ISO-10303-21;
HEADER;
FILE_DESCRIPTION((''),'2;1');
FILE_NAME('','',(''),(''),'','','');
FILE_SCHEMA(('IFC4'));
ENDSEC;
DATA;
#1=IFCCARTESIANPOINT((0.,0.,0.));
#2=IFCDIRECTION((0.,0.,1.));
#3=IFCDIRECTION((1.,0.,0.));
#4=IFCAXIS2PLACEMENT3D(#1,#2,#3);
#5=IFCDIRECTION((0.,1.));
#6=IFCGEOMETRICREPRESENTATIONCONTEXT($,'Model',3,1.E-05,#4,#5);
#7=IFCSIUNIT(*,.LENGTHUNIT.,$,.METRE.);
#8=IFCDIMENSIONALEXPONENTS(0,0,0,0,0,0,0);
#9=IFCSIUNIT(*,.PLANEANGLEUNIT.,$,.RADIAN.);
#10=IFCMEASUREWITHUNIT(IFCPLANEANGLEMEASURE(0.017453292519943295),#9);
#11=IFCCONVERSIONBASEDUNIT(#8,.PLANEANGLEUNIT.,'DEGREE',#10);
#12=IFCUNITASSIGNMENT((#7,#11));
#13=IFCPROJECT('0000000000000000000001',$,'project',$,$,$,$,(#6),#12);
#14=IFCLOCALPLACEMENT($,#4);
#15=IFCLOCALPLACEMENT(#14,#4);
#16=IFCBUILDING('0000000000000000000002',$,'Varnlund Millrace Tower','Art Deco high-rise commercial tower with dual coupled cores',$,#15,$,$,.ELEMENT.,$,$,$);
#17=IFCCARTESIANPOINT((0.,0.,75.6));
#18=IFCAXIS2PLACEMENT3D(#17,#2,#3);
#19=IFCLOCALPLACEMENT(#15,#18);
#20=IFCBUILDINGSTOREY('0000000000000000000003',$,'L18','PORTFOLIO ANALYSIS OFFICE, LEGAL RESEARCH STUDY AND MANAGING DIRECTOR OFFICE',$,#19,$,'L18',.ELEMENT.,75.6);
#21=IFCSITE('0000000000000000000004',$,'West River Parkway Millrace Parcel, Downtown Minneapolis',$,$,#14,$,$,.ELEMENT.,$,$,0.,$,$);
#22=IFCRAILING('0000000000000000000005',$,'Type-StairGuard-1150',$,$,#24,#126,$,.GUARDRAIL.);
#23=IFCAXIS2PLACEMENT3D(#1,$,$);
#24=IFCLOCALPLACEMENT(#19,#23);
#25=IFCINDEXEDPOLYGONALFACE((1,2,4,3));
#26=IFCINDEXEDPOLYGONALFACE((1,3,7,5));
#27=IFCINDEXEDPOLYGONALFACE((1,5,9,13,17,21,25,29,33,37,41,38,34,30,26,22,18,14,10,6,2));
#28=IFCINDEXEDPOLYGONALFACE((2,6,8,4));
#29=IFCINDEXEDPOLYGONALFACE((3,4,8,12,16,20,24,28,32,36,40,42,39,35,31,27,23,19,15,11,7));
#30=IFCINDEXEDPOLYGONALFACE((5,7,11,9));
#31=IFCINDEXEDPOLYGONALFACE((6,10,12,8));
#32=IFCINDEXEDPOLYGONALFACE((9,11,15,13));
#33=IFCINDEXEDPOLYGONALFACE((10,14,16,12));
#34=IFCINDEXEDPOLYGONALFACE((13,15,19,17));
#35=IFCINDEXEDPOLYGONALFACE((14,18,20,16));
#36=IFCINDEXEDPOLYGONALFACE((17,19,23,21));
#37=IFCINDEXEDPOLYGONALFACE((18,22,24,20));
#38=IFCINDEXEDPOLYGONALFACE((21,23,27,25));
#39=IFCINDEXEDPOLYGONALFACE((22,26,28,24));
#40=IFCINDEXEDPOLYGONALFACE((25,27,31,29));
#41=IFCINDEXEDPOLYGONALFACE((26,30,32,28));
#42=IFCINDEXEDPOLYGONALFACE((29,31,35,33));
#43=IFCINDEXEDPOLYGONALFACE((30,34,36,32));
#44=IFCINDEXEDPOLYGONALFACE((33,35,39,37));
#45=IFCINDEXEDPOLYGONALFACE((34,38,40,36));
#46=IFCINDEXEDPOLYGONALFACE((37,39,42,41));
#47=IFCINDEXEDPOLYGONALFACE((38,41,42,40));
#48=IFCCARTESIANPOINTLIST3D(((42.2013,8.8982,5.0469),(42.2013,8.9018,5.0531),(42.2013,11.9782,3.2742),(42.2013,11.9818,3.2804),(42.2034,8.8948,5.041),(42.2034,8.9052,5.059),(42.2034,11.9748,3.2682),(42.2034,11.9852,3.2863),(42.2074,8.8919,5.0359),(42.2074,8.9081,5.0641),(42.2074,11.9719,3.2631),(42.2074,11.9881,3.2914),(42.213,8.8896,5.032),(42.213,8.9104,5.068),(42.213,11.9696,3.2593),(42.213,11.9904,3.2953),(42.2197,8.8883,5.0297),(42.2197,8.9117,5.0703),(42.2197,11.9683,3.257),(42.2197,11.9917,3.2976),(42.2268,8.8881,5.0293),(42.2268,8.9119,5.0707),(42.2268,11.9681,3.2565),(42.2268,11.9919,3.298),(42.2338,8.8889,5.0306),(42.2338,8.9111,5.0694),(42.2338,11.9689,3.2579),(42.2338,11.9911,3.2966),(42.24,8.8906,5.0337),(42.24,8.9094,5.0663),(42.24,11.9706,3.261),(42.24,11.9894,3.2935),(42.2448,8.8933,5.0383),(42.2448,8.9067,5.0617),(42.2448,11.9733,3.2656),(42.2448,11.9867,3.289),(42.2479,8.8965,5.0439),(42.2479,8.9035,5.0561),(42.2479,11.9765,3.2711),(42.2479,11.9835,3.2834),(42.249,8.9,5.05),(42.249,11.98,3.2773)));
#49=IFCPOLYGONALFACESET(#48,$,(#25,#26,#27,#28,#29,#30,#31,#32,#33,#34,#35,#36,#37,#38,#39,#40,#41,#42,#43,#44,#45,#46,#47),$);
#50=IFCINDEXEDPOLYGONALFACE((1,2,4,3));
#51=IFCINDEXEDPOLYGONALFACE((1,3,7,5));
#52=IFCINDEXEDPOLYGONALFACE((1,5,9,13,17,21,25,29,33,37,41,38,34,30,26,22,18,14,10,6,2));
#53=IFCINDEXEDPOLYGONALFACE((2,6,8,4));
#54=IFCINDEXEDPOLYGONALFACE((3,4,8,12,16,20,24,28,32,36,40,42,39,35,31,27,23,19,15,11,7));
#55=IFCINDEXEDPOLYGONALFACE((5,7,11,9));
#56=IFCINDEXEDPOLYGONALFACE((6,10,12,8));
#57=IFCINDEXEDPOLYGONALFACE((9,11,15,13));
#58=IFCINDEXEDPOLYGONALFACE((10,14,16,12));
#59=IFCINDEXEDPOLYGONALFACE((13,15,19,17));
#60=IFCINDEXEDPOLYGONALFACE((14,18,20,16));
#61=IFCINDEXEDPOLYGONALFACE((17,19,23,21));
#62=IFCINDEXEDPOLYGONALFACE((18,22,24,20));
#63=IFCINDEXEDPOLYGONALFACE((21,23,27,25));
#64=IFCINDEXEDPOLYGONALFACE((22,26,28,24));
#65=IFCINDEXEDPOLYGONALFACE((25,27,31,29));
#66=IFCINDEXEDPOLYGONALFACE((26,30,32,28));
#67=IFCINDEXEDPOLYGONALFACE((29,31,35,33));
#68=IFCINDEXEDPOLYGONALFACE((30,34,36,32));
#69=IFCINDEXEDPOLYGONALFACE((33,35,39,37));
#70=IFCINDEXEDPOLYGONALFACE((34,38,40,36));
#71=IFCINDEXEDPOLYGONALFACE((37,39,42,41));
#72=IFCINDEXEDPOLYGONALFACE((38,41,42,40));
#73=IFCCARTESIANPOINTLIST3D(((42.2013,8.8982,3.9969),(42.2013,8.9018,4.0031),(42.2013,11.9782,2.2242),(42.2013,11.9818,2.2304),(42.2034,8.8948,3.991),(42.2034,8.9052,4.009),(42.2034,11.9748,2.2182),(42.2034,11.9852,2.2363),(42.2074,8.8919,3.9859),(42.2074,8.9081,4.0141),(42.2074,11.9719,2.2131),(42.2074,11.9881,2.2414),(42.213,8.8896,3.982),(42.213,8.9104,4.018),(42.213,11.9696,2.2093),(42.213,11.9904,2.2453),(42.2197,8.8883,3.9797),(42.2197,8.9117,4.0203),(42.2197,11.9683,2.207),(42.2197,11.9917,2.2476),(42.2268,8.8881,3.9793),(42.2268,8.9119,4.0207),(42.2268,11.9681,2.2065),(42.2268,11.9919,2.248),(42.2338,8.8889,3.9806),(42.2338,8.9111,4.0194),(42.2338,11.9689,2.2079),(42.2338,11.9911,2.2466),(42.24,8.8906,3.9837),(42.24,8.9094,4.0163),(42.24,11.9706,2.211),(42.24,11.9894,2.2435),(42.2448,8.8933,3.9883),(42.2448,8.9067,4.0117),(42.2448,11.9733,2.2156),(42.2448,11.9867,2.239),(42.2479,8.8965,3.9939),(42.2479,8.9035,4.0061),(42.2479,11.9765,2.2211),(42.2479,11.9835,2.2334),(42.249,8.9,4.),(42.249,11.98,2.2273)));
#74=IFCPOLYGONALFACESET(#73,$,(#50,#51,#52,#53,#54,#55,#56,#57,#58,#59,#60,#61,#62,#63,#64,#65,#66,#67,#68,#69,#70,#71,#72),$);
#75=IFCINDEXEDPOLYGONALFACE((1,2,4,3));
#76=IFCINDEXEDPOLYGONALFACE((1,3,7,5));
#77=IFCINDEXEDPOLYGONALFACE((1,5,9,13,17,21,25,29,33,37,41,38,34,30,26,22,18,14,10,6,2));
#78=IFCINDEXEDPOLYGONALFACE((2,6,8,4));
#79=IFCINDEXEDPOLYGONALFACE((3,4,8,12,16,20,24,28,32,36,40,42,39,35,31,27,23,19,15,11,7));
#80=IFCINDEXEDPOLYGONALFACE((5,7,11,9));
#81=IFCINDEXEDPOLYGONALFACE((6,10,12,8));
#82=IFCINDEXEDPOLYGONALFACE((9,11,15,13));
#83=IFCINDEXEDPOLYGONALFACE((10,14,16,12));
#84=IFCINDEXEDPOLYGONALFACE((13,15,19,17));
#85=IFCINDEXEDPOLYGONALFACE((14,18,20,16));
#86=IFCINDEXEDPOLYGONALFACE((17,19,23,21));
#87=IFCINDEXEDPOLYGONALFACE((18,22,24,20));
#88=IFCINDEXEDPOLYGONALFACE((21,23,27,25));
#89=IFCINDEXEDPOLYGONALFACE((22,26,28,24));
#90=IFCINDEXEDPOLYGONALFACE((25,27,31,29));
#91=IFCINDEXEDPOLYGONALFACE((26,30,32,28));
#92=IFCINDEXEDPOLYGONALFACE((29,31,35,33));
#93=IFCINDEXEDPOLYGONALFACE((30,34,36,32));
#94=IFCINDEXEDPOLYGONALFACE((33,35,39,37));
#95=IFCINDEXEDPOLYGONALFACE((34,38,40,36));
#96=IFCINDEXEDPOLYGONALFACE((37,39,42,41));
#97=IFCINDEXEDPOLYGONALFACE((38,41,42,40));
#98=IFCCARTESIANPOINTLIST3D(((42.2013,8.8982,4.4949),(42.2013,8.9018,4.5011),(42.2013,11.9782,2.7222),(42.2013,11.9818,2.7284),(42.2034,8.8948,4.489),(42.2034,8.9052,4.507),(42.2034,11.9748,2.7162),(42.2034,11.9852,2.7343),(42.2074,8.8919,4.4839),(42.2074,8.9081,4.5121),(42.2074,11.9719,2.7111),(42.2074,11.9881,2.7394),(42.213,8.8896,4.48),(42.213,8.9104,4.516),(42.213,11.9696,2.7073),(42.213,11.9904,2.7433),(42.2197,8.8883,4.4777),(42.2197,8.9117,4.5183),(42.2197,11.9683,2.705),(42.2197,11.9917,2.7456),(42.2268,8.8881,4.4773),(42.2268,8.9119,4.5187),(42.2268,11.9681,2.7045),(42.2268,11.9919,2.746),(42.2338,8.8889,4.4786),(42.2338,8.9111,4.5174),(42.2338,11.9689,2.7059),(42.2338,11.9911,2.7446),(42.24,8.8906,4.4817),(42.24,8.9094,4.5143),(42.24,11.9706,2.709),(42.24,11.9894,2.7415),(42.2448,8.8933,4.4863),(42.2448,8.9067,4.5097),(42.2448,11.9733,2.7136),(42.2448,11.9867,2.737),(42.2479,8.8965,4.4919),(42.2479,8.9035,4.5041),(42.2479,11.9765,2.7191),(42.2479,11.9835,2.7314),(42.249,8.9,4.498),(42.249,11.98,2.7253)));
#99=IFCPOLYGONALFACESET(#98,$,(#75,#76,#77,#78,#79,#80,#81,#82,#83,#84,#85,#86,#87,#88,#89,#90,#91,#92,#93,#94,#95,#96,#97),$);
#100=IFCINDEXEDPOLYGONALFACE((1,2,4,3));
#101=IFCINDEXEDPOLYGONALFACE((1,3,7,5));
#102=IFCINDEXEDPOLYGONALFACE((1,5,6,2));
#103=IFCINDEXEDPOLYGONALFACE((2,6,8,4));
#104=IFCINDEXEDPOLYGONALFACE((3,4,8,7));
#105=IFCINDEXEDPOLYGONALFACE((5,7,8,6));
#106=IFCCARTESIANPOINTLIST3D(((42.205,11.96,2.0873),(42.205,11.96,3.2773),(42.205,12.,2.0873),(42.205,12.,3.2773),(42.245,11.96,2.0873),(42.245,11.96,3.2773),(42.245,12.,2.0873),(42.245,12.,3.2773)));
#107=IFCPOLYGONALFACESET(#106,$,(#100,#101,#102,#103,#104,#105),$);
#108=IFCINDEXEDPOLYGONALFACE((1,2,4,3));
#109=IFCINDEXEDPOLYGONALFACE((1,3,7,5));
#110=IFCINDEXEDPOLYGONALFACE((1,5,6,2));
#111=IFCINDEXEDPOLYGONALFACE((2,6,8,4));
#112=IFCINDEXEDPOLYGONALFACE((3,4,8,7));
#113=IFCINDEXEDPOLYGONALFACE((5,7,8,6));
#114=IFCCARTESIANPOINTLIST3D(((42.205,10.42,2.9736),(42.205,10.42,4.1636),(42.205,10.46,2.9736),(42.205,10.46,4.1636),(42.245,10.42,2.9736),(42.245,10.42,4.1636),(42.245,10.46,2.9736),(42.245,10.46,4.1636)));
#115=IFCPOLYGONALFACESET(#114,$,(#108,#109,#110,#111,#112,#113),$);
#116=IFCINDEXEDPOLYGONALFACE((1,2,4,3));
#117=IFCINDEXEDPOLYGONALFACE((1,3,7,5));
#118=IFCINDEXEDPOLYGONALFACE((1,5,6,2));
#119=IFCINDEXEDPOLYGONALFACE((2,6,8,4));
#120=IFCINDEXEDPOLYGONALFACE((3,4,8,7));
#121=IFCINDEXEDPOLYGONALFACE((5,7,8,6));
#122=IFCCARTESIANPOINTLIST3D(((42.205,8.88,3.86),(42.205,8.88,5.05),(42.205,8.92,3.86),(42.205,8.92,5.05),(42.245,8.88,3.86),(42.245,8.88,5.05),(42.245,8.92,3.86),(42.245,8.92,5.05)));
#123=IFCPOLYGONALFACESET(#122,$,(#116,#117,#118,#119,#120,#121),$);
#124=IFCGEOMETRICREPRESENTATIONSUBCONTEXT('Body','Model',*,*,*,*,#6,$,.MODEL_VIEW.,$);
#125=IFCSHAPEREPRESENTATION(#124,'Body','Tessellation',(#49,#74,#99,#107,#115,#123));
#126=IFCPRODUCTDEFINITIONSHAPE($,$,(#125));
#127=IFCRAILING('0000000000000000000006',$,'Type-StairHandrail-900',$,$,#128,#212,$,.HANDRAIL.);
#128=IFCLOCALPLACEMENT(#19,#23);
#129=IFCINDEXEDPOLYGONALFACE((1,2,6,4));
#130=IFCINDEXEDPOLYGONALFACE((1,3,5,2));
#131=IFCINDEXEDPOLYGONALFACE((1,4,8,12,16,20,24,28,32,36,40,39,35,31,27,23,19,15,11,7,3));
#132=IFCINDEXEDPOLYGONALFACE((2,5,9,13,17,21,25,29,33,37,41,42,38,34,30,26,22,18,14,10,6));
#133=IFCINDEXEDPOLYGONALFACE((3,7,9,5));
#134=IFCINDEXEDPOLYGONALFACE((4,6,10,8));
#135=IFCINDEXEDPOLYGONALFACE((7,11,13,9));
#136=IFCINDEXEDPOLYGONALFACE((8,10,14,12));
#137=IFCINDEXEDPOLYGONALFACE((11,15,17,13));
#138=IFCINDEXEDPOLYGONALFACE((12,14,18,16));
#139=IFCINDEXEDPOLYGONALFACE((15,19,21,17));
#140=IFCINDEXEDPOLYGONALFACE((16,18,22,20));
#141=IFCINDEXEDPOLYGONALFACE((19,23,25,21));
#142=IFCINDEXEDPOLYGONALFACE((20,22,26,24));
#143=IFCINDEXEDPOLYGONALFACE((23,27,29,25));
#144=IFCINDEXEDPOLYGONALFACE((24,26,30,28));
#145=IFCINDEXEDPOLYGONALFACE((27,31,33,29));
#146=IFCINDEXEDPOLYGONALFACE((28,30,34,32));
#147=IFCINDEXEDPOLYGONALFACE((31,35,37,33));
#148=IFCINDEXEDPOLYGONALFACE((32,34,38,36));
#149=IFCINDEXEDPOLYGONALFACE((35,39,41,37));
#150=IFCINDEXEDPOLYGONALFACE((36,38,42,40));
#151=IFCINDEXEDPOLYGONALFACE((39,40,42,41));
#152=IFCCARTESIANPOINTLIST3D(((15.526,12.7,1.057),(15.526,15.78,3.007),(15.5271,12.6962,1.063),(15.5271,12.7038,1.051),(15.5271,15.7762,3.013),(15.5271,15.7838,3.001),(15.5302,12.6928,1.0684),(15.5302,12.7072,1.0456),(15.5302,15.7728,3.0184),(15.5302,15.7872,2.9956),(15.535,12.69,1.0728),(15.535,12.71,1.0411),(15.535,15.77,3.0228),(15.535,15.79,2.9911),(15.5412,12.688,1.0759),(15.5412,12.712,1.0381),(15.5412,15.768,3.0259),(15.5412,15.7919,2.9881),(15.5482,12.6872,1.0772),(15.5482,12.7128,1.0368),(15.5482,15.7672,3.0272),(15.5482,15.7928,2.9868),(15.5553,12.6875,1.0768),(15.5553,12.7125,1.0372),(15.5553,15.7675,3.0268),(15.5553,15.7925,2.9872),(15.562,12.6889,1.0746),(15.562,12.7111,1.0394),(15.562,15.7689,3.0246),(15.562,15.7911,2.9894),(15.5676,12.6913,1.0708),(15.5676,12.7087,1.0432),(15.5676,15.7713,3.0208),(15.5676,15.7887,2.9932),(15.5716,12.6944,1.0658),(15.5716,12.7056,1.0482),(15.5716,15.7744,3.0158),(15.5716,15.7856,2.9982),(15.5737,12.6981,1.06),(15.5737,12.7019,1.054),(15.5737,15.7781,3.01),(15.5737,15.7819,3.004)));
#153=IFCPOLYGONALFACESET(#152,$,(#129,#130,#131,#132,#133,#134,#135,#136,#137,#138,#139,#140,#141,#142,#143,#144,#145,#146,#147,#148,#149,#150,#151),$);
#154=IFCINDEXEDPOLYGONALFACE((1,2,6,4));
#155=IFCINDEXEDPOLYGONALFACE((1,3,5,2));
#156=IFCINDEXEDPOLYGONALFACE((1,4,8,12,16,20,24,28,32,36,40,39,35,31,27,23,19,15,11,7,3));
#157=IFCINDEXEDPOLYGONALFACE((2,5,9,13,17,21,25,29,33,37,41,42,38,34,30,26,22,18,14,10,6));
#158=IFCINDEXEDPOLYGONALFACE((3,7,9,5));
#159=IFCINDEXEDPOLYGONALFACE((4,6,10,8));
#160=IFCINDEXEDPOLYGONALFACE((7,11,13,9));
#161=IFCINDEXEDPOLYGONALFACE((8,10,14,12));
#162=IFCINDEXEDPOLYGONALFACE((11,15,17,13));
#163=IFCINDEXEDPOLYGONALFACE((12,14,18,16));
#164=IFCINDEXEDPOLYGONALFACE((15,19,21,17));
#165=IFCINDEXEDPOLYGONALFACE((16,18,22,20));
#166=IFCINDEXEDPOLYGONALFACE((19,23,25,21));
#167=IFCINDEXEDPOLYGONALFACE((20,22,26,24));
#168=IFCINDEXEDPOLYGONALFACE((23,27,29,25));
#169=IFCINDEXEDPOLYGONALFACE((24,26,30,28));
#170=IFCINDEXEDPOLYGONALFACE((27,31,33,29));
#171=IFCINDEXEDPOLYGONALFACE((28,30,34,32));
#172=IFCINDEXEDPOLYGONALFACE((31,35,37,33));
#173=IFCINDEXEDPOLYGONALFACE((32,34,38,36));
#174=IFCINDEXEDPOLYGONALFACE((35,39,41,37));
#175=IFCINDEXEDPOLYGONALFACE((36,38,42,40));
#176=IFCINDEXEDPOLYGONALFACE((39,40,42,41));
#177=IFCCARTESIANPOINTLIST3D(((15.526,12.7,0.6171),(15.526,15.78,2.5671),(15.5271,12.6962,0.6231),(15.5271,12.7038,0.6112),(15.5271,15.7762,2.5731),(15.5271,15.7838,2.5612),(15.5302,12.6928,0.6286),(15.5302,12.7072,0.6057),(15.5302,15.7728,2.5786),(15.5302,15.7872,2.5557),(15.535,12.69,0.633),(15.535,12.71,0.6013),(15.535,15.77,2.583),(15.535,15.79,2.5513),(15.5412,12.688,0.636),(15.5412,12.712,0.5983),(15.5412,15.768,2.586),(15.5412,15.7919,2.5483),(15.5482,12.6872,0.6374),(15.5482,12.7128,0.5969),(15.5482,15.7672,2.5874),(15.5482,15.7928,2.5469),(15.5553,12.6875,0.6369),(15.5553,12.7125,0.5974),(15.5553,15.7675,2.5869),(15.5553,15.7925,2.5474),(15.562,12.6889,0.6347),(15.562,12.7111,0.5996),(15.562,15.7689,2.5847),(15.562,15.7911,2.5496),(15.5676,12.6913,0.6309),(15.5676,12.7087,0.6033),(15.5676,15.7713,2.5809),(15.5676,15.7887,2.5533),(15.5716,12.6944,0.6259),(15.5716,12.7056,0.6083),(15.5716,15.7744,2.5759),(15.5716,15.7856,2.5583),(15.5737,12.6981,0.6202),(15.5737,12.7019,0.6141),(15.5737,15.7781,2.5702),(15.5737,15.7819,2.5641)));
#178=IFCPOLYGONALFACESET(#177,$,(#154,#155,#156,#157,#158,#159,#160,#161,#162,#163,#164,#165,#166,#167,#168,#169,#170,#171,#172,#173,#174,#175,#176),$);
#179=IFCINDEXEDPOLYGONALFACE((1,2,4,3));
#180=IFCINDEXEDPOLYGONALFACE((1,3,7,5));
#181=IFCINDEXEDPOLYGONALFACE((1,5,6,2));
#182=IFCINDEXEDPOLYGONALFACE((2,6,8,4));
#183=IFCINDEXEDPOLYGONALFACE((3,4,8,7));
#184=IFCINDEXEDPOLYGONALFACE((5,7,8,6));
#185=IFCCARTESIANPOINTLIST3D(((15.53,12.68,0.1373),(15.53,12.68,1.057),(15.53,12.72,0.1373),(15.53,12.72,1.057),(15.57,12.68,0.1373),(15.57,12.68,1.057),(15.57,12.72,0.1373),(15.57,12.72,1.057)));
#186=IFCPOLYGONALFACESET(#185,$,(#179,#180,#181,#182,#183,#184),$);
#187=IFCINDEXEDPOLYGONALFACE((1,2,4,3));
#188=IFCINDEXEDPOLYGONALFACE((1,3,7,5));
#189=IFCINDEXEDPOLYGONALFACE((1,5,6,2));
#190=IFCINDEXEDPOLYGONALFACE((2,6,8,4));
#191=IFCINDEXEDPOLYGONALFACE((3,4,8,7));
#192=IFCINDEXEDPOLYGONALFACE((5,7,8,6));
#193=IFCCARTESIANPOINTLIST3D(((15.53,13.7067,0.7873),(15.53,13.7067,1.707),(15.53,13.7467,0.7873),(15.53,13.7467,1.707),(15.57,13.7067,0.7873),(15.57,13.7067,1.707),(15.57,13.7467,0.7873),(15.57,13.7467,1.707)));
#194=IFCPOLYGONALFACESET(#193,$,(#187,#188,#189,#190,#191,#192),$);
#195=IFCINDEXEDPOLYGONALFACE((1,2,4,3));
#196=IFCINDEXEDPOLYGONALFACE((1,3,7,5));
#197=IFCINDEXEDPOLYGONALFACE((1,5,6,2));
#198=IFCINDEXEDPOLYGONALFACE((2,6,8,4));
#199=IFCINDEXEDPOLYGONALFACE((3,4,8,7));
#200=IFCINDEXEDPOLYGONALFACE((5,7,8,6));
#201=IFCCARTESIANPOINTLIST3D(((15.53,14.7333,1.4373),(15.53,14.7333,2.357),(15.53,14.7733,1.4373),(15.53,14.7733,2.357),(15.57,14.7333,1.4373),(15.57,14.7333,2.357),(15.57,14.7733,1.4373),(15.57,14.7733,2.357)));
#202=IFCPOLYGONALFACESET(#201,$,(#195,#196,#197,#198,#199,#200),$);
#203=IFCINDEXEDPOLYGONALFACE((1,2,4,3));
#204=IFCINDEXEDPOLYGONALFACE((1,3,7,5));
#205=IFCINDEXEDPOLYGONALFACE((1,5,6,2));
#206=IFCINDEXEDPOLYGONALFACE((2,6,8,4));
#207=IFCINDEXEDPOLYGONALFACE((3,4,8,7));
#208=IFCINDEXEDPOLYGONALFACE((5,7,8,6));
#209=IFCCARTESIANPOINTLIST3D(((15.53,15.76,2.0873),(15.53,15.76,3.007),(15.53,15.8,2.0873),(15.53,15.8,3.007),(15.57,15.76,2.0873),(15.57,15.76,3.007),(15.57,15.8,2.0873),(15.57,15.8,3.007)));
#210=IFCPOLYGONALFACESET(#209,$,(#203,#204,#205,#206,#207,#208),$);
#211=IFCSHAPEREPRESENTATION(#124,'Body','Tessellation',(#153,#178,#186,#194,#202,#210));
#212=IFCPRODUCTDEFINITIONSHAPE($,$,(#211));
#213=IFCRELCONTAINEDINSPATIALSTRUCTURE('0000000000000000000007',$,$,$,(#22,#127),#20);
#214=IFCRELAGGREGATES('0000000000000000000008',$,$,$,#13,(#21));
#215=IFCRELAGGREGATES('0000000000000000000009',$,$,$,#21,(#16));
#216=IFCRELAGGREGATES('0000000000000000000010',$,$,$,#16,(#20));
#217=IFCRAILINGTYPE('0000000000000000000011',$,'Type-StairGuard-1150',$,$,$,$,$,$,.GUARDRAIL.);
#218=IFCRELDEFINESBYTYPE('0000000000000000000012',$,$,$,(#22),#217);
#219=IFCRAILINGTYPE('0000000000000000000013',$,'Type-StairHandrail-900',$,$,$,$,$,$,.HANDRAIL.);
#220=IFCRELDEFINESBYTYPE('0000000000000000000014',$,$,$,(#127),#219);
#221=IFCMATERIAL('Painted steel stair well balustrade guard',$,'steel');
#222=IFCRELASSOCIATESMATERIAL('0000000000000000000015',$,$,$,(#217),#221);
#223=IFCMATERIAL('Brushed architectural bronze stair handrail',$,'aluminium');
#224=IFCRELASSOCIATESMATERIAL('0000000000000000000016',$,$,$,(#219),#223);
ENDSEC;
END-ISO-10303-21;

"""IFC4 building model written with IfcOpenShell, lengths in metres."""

from ifc_helpers import new_model, entity, si_unit, converted_unit, direction, frame, origin_with_axes, origin_2d_with_axis, place, context, subcontext, project, spatial, rectangle, circle, extrude, material, type_object, element, save


model = new_model("IFC4")

# Units and contexts
model_context = context("Model", 3, precision=1e-05, world=origin_with_axes(), true_north=direction((0.0, 1.0)))
body_context = subcontext(model_context, "Body", "Model", "MODEL_VIEW")
ifc_project = project(units=[si_unit("LENGTHUNIT", "METRE"), converted_unit("PLANEANGLEUNIT", "DEGREE", entity("IfcPlaneAngleMeasure", 0.017453292519943295), si_unit("PLANEANGLEUNIT", "RADIAN"), dimensions=[0, 0, 0, 0, 0, 0, 0])], contexts=[model_context])

# Site, building, storey
site_placement = place(None, origin_with_axes())
site = spatial("IfcSite", under=ifc_project, at=site_placement, Name="West River Parkway Millrace Parcel, Downtown Minneapolis", CompositionType="ELEMENT", RefElevation=0.0)
building_placement = place(site_placement, origin_with_axes())
building = spatial("IfcBuilding", under=site, at=building_placement, Name="Varnlund Millrace Tower", Description="Art Deco high-rise commercial tower with dual coupled cores", CompositionType="ELEMENT")
storey_placement = place(building_placement, frame((0.0, 0.0, 75.6), z_axis=(0.0, 0.0, 1.0), x_axis=(1.0, 0.0, 0.0)))
storey = spatial("IfcBuildingStorey", under=building, at=storey_placement, Name="L18", Description="PORTFOLIO ANALYSIS OFFICE, LEGAL RESEARCH STUDY AND MANAGING DIRECTOR OFFICE", LongName="L18", CompositionType="ELEMENT", Elevation=75.6)

# Railings
ifc_material_1 = material(Name="Painted steel stair well balustrade guard", Category="steel")
railing_type_1 = type_object("IfcRailingType", Name="Type-StairGuard-1150", PredefinedType="GUARDRAIL", material=ifc_material_1)
railing_1_placement = place(storey_placement, frame((0.0, 0.0, -75.6), z_axis=(0.0, 0.0, 1.0), x_axis=(1.0, 0.0, 0.0)))
element("IfcRailing", 1, at=railing_1_placement, inside=storey, type_object=railing_type_1, Name="Type-StairGuard-1150", PredefinedType="GUARDRAIL", context=body_context, shape_type="SweptSolid", body=[
    extrude(circle(Radius=0.024, at=origin_2d_with_axis()), frame((42.225, 11.98, 78.8773), z_axis=(0.0, -0.866696, 0.498836), x_axis=(1.0, 0.0, 0.0)), (0.0, 0.0, 1.0), 3.5537),
    extrude(circle(Radius=0.024, at=origin_2d_with_axis()), frame((42.225, 11.98, 77.8273), z_axis=(0.0, -0.866696, 0.498836), x_axis=(1.0, 0.0, 0.0)), (0.0, 0.0, 1.0), 3.5537),
    extrude(circle(Radius=0.024, at=origin_2d_with_axis()), frame((42.225, 11.98, 78.3253), z_axis=(0.0, -0.866696, 0.498836), x_axis=(1.0, 0.0, 0.0)), (0.0, 0.0, 1.0), 3.5537),
    extrude(rectangle(XDim=0.04, YDim=0.04, at=origin_2d_with_axis()), frame((42.225, 11.98, 77.6873), z_axis=(0.0, 0.0, 1.0), x_axis=(1.0, 0.0, 0.0)), (0.0, 0.0, 1.0), 1.19),
    extrude(rectangle(XDim=0.04, YDim=0.04, at=origin_2d_with_axis()), frame((42.225, 10.44, 78.5736), z_axis=(0.0, 0.0, 1.0), x_axis=(1.0, 0.0, 0.0)), (0.0, 0.0, 1.0), 1.19),
    extrude(rectangle(XDim=0.04, YDim=0.04, at=origin_2d_with_axis()), frame((42.225, 8.9, 79.46), z_axis=(0.0, 0.0, 1.0), x_axis=(1.0, 0.0, 0.0)), (0.0, 0.0, 1.0), 1.19),
])
ifc_material_2 = material(Name="Brushed architectural bronze stair handrail", Category="aluminium")
railing_type_2 = type_object("IfcRailingType", Name="Type-StairHandrail-900", PredefinedType="HANDRAIL", material=ifc_material_2)
railing_2_placement = place(storey_placement, frame((0.0, 0.0, -75.6), z_axis=(0.0, 0.0, 1.0), x_axis=(1.0, 0.0, 0.0)))
element("IfcRailing", 2, at=railing_2_placement, inside=storey, type_object=railing_type_2, Name="Type-StairHandrail-900", PredefinedType="HANDRAIL", context=body_context, shape_type="SweptSolid", body=[
    extrude(circle(Radius=0.024, at=origin_2d_with_axis()), frame((15.55, 12.7, 76.657), z_axis=(0.0, 0.844902, 0.534922), x_axis=(-1.0, 0.0, 0.0)), (0.0, 0.0, 1.0), 3.6454),
    extrude(circle(Radius=0.024, at=origin_2d_with_axis()), frame((15.55, 12.7, 76.2171), z_axis=(0.0, 0.844902, 0.534922), x_axis=(-1.0, 0.0, 0.0)), (0.0, 0.0, 1.0), 3.6454),
    extrude(rectangle(XDim=0.04, YDim=0.04, at=origin_2d_with_axis()), frame((15.55, 12.7, 75.7373), z_axis=(0.0, 0.0, 1.0), x_axis=(1.0, 0.0, 0.0)), (0.0, 0.0, 1.0), 0.9197),
    extrude(rectangle(XDim=0.04, YDim=0.04, at=origin_2d_with_axis()), frame((15.55, 13.7267, 76.3873), z_axis=(0.0, 0.0, 1.0), x_axis=(1.0, 0.0, 0.0)), (0.0, 0.0, 1.0), 0.9197),
    extrude(rectangle(XDim=0.04, YDim=0.04, at=origin_2d_with_axis()), frame((15.55, 14.7533, 77.0373), z_axis=(0.0, 0.0, 1.0), x_axis=(1.0, 0.0, 0.0)), (0.0, 0.0, 1.0), 0.9197),
    extrude(rectangle(XDim=0.04, YDim=0.04, at=origin_2d_with_axis()), frame((15.55, 15.78, 77.6873), z_axis=(0.0, 0.0, 1.0), x_axis=(1.0, 0.0, 0.0)), (0.0, 0.0, 1.0), 0.9197),
])

save(model, "model.ifc")
